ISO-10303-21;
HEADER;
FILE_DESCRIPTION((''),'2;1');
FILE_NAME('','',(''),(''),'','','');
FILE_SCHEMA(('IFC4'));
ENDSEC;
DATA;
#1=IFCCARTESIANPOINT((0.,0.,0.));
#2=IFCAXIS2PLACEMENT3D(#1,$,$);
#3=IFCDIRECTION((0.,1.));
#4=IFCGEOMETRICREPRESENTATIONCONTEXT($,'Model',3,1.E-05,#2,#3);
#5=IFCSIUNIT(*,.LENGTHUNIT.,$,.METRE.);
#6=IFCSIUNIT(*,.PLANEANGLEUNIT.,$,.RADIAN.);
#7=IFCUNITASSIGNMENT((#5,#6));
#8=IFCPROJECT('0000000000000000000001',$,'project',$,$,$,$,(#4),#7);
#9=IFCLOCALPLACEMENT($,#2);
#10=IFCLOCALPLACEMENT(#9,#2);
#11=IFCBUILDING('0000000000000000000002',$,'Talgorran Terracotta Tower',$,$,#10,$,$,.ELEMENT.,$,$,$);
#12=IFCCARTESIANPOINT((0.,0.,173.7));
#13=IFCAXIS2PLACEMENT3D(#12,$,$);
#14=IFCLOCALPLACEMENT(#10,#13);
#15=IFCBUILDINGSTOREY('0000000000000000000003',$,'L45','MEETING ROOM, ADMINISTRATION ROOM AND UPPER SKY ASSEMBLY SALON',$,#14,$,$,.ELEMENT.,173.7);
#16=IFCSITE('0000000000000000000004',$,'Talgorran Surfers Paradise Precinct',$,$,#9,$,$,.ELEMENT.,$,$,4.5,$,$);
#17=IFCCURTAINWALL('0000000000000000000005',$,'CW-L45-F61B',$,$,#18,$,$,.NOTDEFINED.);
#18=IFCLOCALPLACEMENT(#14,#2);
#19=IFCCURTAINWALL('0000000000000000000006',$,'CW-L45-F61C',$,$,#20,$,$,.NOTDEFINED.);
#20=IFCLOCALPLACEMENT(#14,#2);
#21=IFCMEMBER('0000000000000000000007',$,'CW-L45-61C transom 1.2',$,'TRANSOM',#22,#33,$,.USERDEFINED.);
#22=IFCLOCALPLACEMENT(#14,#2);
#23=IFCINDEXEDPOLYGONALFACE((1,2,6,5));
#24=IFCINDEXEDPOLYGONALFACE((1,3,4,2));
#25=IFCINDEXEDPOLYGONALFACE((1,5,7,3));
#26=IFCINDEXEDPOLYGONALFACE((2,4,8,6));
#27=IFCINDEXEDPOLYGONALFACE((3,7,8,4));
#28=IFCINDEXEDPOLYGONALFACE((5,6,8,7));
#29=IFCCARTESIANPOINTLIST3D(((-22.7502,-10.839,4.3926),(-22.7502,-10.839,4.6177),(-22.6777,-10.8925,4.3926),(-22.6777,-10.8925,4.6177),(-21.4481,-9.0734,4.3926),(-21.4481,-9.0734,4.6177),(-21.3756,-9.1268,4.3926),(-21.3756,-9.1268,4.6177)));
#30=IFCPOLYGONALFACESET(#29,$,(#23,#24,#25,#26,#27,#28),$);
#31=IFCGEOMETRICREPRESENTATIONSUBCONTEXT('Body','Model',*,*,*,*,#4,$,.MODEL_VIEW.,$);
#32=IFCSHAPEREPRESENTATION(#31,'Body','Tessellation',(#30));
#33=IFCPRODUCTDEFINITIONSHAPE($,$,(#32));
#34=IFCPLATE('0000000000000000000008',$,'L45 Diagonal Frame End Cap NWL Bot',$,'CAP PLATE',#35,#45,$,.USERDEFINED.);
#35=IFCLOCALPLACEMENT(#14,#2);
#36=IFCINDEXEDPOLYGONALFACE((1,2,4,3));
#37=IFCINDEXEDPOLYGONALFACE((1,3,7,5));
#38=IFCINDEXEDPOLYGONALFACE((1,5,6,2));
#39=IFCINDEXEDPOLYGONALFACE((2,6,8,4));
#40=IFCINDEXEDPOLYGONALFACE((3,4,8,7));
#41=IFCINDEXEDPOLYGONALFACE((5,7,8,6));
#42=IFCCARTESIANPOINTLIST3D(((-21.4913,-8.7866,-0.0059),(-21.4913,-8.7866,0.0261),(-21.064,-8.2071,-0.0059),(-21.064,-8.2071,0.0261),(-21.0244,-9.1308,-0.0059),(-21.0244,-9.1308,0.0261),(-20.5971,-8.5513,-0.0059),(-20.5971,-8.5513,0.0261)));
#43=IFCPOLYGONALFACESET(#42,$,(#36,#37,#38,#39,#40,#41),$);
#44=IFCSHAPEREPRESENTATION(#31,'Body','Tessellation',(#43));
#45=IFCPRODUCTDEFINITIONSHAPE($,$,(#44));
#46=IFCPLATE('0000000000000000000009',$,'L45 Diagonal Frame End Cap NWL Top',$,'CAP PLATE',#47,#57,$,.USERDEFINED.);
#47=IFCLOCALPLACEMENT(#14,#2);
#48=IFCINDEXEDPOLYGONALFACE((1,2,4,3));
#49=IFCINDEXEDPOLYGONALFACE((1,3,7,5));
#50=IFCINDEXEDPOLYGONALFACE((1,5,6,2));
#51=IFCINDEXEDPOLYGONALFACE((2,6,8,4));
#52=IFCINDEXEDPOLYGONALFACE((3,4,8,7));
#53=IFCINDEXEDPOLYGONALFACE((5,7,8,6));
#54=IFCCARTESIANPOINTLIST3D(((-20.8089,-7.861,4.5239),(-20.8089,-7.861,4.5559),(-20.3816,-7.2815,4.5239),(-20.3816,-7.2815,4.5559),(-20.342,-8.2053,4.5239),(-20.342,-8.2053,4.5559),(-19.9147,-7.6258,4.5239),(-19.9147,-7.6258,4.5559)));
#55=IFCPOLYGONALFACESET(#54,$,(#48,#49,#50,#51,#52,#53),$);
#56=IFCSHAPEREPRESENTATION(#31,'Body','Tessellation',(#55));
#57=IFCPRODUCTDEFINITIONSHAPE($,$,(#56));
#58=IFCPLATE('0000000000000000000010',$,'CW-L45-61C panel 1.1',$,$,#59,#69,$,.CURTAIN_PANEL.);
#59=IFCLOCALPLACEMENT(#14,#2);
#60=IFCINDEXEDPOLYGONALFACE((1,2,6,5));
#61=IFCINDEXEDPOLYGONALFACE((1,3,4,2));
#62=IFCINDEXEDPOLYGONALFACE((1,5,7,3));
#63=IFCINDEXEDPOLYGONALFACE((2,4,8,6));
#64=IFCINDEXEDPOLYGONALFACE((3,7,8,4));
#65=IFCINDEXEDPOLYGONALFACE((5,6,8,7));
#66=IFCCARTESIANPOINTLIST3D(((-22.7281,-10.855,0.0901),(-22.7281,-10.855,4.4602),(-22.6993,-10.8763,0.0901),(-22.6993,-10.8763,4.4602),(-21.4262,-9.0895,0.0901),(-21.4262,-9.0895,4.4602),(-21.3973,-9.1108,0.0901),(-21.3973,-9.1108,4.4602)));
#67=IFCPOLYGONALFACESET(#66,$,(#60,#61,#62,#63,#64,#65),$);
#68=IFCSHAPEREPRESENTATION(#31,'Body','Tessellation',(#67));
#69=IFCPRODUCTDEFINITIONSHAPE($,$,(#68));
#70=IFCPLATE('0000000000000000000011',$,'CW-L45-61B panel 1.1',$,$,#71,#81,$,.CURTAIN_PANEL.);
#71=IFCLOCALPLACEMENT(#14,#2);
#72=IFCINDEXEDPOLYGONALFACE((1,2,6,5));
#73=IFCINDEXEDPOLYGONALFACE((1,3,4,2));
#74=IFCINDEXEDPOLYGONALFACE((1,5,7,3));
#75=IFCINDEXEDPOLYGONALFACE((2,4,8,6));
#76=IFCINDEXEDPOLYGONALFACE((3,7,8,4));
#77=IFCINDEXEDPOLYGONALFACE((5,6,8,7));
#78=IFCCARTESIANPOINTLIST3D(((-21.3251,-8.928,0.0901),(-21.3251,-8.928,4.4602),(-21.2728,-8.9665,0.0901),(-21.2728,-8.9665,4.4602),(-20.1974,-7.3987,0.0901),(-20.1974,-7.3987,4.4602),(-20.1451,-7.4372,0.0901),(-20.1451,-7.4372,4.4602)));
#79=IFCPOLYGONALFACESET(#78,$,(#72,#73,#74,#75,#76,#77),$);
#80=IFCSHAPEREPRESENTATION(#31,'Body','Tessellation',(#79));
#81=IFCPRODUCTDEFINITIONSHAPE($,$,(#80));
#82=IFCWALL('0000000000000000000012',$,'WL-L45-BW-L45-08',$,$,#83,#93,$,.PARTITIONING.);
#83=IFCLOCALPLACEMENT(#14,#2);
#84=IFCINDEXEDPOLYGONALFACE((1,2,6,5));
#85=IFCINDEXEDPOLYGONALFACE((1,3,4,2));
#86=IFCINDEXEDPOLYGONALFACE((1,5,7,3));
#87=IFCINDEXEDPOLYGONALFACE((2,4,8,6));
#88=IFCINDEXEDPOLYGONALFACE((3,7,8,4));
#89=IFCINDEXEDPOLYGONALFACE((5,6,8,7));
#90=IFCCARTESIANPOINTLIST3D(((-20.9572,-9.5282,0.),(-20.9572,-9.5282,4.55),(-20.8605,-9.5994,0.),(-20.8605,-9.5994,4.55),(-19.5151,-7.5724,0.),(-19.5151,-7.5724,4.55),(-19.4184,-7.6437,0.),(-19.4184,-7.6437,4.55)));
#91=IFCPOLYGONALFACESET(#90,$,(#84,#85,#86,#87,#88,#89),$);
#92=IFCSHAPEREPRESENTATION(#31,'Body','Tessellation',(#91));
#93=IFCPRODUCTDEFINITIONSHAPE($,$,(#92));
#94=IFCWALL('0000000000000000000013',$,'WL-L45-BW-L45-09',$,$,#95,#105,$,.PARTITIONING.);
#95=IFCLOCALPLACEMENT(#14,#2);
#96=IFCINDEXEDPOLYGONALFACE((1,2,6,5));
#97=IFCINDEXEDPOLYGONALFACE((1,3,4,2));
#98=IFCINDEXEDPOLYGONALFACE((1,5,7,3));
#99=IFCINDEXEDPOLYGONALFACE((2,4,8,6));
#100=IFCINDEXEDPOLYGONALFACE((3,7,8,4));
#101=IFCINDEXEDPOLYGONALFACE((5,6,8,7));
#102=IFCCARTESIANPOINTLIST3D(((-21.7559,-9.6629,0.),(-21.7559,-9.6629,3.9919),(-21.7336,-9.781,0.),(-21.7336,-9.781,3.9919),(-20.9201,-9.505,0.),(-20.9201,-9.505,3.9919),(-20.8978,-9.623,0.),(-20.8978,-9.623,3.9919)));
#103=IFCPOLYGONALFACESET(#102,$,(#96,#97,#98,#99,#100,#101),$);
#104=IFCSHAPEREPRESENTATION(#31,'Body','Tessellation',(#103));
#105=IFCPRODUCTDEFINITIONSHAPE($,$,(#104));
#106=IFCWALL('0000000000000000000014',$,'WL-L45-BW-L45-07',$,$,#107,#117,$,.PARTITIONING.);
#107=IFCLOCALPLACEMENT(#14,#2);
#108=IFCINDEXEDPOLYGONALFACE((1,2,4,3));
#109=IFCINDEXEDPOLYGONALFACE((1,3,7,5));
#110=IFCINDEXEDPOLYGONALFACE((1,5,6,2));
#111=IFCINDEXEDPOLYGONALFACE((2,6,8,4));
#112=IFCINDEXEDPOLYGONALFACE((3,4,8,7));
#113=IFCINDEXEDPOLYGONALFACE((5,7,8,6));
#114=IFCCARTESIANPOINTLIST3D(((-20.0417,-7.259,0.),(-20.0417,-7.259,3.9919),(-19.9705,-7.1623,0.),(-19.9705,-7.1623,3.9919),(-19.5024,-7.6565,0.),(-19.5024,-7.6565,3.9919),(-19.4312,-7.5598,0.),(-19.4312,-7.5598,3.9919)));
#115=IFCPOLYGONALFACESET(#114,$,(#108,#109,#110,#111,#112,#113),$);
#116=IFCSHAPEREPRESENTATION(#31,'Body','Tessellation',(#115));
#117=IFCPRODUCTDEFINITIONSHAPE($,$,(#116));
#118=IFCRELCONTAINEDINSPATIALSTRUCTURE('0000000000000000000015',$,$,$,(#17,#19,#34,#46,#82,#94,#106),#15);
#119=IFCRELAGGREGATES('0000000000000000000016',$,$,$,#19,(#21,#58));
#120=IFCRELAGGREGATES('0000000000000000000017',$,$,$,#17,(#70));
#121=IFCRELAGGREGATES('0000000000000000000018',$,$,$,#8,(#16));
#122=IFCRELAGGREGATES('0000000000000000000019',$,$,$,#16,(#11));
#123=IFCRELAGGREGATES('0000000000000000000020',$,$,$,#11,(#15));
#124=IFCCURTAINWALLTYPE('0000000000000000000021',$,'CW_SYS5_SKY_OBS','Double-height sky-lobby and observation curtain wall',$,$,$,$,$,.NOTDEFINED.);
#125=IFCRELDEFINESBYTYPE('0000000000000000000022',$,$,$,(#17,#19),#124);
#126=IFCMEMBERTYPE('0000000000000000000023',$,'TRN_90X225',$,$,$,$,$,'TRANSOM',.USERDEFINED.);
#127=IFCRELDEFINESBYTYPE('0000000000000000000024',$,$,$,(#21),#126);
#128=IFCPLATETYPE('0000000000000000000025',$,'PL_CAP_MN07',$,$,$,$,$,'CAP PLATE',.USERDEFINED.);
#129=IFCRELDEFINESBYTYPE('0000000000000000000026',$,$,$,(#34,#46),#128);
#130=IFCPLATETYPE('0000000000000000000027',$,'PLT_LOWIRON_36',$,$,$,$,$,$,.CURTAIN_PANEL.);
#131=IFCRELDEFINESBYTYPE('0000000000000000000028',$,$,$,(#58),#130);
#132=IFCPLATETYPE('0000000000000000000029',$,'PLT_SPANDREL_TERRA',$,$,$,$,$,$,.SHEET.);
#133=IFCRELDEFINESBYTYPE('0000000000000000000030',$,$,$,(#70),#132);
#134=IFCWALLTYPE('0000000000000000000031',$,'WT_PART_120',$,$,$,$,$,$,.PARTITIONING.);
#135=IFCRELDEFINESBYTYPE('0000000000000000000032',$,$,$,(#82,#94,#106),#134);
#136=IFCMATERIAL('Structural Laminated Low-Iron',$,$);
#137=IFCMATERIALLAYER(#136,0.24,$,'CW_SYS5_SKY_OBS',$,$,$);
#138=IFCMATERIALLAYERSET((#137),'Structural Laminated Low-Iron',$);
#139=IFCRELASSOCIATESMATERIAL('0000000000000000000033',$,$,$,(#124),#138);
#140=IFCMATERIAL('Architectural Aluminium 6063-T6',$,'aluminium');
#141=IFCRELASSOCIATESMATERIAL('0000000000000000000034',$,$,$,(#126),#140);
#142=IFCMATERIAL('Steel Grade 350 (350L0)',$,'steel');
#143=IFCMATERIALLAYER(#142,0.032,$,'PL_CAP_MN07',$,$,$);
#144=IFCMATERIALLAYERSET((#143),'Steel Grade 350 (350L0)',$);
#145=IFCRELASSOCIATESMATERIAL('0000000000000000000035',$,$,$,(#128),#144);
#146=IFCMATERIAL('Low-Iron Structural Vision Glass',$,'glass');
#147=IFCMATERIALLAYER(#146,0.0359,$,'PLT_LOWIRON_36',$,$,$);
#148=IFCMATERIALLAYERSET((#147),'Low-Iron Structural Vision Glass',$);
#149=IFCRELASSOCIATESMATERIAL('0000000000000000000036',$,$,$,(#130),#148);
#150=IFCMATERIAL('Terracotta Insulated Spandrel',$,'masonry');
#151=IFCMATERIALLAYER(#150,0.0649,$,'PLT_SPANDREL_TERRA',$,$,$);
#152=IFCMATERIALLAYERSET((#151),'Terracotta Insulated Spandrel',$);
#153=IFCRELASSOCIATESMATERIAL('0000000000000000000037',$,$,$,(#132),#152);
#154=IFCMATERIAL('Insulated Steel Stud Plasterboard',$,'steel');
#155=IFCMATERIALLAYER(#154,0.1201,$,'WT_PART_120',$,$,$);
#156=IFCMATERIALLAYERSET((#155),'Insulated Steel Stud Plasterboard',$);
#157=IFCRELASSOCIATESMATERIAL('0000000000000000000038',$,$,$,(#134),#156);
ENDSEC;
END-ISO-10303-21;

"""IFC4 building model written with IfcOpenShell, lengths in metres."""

from ifc_helpers import new_model, si_unit, direction, frame, frame_2d, origin, origin_2d, place, context, subcontext, project, spatial, rectangle, extrude, source, transform, mapped, material, layer, layer_set, material_profile, profile_set, type_object, type_shapes, element, aggregate, save


model = new_model("IFC4")

# Units and contexts
model_context = context("Model", 3, precision=1e-05, world=origin(), true_north=direction((0.0, 1.0)))
body_context = subcontext(model_context, "Body", "Model", "MODEL_VIEW")
ifc_project = project(units=[si_unit("LENGTHUNIT", "METRE"), si_unit("PLANEANGLEUNIT", "RADIAN")], contexts=[model_context])

# Site, building, storey
site_placement = place(None, origin())
site = spatial("IfcSite", under=ifc_project, at=site_placement, Name="Talgorran Surfers Paradise Precinct", CompositionType="ELEMENT", RefElevation=4.5)
building_placement = place(site_placement, origin())
building = spatial("IfcBuilding", under=site, at=building_placement, Name="Talgorran Terracotta Tower", CompositionType="ELEMENT")
storey_placement = place(building_placement, frame((0.0, 0.0, 173.7)))
storey = spatial("IfcBuildingStorey", under=building, at=storey_placement, Name="L45", Description="MEETING ROOM, ADMINISTRATION ROOM AND UPPER SKY ASSEMBLY SALON", CompositionType="ELEMENT", Elevation=173.7)

# Shared definitions
ifc_material_1 = material(Name="Steel Grade 350 (350L0)", Category="steel")

# Shared definitions
ifc_material_2 = material(Name="Structural Laminated Low-Iron")
ifc_layer_1 = layer(ifc_material_2, 0.24, Name="CW_SYS5_SKY_OBS")
ifc_layer_set_1 = layer_set([ifc_layer_1], Name="Structural Laminated Low-Iron")
curtain_wall_type = type_object("IfcCurtainWallType", Name="CW_SYS5_SKY_OBS", Description="Double-height sky-lobby and observation curtain wall", PredefinedType="NOTDEFINED", material=ifc_layer_set_1)
ifc_material_3 = material(Name="Architectural Aluminium 6063-T6", Category="aluminium")

# Curtain walls
curtain_wall_1_placement = place(storey_placement, origin())
curtain_wall_1 = element("IfcCurtainWall", 1, at=curtain_wall_1_placement, inside=storey, type_object=curtain_wall_type, Name="CW-L45-F61B", PredefinedType="NOTDEFINED")
curtain_wall_2_placement = place(storey_placement, origin())
curtain_wall_2 = element("IfcCurtainWall", 2, at=curtain_wall_2_placement, inside=storey, type_object=curtain_wall_type, Name="CW-L45-F61C", PredefinedType="NOTDEFINED")

# Member
ifc_material_profile_1 = material_profile(ifc_material_3, rectangle(XDim=0.0901, YDim=0.2251, at=origin_2d()), Name="CWT90X225")
ifc_profile_set_1 = profile_set([ifc_material_profile_1], Name="Architectural Aluminium 6063-T6")
member_type_1 = type_object("IfcMemberType", Name="TRN_90X225", ElementType="TRANSOM", PredefinedType="USERDEFINED", material=ifc_profile_set_1)
member_1_placement = place(storey_placement, frame((-21.4119, -9.1001, 4.5051), z_axis=(-0.593499, -0.804835, 0.0), x_axis=(0.804835, -0.593499, 0.0)))
member_1 = element("IfcMember", 3, at=member_1_placement, type_object=member_type_1, Name="CW-L45-61C transom 1.2", ObjectType="TRANSOM", PredefinedType="USERDEFINED", context=body_context, shape_type="SweptSolid", body=[
    extrude(rectangle(XDim=0.0901, YDim=0.2251, at=origin_2d()), origin(), (0.0, 0.0, 1.0), 2.1938),
])

# Plates
ifc_layer_2 = layer(ifc_material_1, 0.032, Name="PL_CAP_MN07")
ifc_layer_set_2 = layer_set([ifc_layer_2], Name="Steel Grade 350 (350L0)")
plate_type_1 = type_object("IfcPlateType", Name="PL_CAP_MN07", ElementType="CAP PLATE", PredefinedType="USERDEFINED", material=ifc_layer_set_2)
for number, where, z_axis, x_axis, name in (
    (4, (-21.0442, -8.6689, -0.0059), (0.0, 0.0, 1.0), (0.593419, 0.804894, 0.0), "L45 Diagonal Frame End Cap NWL Bot"),
    (5, (-20.3618, -7.7434, 4.5239), (0.0, 0.0, 1.0), (0.593419, 0.804894, 0.0), "L45 Diagonal Frame End Cap NWL Top"),
):
    element("IfcPlate", number, at=place(storey_placement, frame(where, z_axis=z_axis, x_axis=x_axis)), inside=storey, type_object=plate_type_1, Name=name, ObjectType="CAP PLATE", PredefinedType="USERDEFINED", context=body_context, shape_type="SweptSolid", body=[
        extrude(rectangle(XDim=0.72, YDim=0.5801, at=origin_2d()), origin(), (0.0, 0.0, 1.0), 0.032),
    ])

# Plates
ifc_material_4 = material(Name="Low-Iron Structural Vision Glass", Category="glass")
ifc_layer_3 = layer(ifc_material_4, 0.0359, Name="PLT_LOWIRON_36")
ifc_layer_set_3 = layer_set([ifc_layer_3], Name="Low-Iron Structural Vision Glass")
plate_type_2 = type_object("IfcPlateType", Name="PLT_LOWIRON_36", PredefinedType="CURTAIN_PANEL", material=ifc_layer_set_3)
shared_shape_1 = source(origin(), body_context, "Body", "SweptSolid", [
    extrude(rectangle(XDim=2.1936, YDim=0.0359, at=origin_2d()), origin(), (0.0, 0.0, 1.0), 4.3701),
])
type_shapes(plate_type_2, [shared_shape_1])
plate_1_placement = place(storey_placement, frame((-22.0627, -9.9829, 0.0901), z_axis=(0.0, 0.0, 1.0), x_axis=(-0.593509, -0.804827, 0.0)))
plate_1 = element("IfcPlate", 6, at=plate_1_placement, type_object=plate_type_2, Name="CW-L45-61C panel 1.1", PredefinedType="CURTAIN_PANEL", context=body_context, shape_type="MappedRepresentation", body=[
    mapped(shared_shape_1, transform((0.0, 0.0, 0.0), scale=1.0)),
])
aggregate(curtain_wall_2, [member_1, plate_1])
ifc_material_5 = material(Name="Terracotta Insulated Spandrel", Category="masonry")
ifc_layer_4 = layer(ifc_material_5, 0.0649, Name="PLT_SPANDREL_TERRA")
ifc_layer_set_4 = layer_set([ifc_layer_4], Name="Terracotta Insulated Spandrel")
plate_type_3 = type_object("IfcPlateType", Name="PLT_SPANDREL_TERRA", PredefinedType="SHEET", material=ifc_layer_set_4)
shared_shape_2 = source(origin(), body_context, "Body", "SweptSolid", [
    extrude(rectangle(XDim=1.9001, YDim=0.0649, at=origin_2d()), origin(), (0.0, 0.0, 1.0), 4.3701),
])
type_shapes(plate_type_3, [shared_shape_2])
plate_2_placement = place(storey_placement, frame((-20.7351, -8.1826, 0.0901), z_axis=(0.0, 0.0, 1.0), x_axis=(-0.593504, -0.804831, 0.0)))
plate_2 = element("IfcPlate", 7, at=plate_2_placement, type_object=plate_type_3, Name="CW-L45-61B panel 1.1", PredefinedType="CURTAIN_PANEL", context=body_context, shape_type="MappedRepresentation", body=[
    mapped(shared_shape_2, transform((0.0, 0.0, 0.0), scale=1.0)),
])
aggregate(curtain_wall_1, [plate_2])

# Walls
ifc_material_6 = material(Name="Insulated Steel Stud Plasterboard", Category="steel")
ifc_layer_5 = layer(ifc_material_6, 0.1201, Name="WT_PART_120")
ifc_layer_set_5 = layer_set([ifc_layer_5], Name="Insulated Steel Stud Plasterboard")
wall_type = type_object("IfcWallType", Name="WT_PART_120", PredefinedType="PARTITIONING", material=ifc_layer_set_5)
wall_1_placement = place(storey_placement, frame((-19.4668, -7.6082, 0.0), z_axis=(0.0, 0.0, 1.0), x_axis=(-0.59347, -0.804856, 0.0)))
element("IfcWall", 8, at=wall_1_placement, inside=storey, type_object=wall_type, Name="WL-L45-BW-L45-08", PredefinedType="PARTITIONING", context=body_context, shape_type="SweptSolid", body=[
    extrude(rectangle(XDim=2.4299, YDim=0.1201, at=frame_2d((1.2148, 0.0))), origin(), (0.0, 0.0, 1.0), 4.55),
])
wall_2_placement = place(storey_placement, frame((-20.9089, -9.564, 0.0), z_axis=(0.0, 0.0, 1.0), x_axis=(-0.982601, -0.185727, 0.0)))
element("IfcWall", 9, at=wall_2_placement, inside=storey, type_object=wall_type, Name="WL-L45-BW-L45-09", PredefinedType="PARTITIONING", context=body_context, shape_type="SweptSolid", body=[
    extrude(rectangle(XDim=0.8506, YDim=0.1201, at=frame_2d((0.4253, 0.0))), origin(), (0.0, 0.0, 1.0), 3.9919),
])
wall_3_placement = place(storey_placement, frame((-20.0061, -7.2107, 0.0), z_axis=(0.0, 0.0, 1.0), x_axis=(0.805001, -0.593274, 0.0)))
element("IfcWall", 10, at=wall_3_placement, inside=storey, type_object=wall_type, Name="WL-L45-BW-L45-07", PredefinedType="PARTITIONING", context=body_context, shape_type="SweptSolid", body=[
    extrude(rectangle(XDim=0.6699, YDim=0.1201, at=frame_2d((0.335, 0.0))), origin(), (0.0, 0.0, 1.0), 3.9919),
])

save(model, "model.ifc")
